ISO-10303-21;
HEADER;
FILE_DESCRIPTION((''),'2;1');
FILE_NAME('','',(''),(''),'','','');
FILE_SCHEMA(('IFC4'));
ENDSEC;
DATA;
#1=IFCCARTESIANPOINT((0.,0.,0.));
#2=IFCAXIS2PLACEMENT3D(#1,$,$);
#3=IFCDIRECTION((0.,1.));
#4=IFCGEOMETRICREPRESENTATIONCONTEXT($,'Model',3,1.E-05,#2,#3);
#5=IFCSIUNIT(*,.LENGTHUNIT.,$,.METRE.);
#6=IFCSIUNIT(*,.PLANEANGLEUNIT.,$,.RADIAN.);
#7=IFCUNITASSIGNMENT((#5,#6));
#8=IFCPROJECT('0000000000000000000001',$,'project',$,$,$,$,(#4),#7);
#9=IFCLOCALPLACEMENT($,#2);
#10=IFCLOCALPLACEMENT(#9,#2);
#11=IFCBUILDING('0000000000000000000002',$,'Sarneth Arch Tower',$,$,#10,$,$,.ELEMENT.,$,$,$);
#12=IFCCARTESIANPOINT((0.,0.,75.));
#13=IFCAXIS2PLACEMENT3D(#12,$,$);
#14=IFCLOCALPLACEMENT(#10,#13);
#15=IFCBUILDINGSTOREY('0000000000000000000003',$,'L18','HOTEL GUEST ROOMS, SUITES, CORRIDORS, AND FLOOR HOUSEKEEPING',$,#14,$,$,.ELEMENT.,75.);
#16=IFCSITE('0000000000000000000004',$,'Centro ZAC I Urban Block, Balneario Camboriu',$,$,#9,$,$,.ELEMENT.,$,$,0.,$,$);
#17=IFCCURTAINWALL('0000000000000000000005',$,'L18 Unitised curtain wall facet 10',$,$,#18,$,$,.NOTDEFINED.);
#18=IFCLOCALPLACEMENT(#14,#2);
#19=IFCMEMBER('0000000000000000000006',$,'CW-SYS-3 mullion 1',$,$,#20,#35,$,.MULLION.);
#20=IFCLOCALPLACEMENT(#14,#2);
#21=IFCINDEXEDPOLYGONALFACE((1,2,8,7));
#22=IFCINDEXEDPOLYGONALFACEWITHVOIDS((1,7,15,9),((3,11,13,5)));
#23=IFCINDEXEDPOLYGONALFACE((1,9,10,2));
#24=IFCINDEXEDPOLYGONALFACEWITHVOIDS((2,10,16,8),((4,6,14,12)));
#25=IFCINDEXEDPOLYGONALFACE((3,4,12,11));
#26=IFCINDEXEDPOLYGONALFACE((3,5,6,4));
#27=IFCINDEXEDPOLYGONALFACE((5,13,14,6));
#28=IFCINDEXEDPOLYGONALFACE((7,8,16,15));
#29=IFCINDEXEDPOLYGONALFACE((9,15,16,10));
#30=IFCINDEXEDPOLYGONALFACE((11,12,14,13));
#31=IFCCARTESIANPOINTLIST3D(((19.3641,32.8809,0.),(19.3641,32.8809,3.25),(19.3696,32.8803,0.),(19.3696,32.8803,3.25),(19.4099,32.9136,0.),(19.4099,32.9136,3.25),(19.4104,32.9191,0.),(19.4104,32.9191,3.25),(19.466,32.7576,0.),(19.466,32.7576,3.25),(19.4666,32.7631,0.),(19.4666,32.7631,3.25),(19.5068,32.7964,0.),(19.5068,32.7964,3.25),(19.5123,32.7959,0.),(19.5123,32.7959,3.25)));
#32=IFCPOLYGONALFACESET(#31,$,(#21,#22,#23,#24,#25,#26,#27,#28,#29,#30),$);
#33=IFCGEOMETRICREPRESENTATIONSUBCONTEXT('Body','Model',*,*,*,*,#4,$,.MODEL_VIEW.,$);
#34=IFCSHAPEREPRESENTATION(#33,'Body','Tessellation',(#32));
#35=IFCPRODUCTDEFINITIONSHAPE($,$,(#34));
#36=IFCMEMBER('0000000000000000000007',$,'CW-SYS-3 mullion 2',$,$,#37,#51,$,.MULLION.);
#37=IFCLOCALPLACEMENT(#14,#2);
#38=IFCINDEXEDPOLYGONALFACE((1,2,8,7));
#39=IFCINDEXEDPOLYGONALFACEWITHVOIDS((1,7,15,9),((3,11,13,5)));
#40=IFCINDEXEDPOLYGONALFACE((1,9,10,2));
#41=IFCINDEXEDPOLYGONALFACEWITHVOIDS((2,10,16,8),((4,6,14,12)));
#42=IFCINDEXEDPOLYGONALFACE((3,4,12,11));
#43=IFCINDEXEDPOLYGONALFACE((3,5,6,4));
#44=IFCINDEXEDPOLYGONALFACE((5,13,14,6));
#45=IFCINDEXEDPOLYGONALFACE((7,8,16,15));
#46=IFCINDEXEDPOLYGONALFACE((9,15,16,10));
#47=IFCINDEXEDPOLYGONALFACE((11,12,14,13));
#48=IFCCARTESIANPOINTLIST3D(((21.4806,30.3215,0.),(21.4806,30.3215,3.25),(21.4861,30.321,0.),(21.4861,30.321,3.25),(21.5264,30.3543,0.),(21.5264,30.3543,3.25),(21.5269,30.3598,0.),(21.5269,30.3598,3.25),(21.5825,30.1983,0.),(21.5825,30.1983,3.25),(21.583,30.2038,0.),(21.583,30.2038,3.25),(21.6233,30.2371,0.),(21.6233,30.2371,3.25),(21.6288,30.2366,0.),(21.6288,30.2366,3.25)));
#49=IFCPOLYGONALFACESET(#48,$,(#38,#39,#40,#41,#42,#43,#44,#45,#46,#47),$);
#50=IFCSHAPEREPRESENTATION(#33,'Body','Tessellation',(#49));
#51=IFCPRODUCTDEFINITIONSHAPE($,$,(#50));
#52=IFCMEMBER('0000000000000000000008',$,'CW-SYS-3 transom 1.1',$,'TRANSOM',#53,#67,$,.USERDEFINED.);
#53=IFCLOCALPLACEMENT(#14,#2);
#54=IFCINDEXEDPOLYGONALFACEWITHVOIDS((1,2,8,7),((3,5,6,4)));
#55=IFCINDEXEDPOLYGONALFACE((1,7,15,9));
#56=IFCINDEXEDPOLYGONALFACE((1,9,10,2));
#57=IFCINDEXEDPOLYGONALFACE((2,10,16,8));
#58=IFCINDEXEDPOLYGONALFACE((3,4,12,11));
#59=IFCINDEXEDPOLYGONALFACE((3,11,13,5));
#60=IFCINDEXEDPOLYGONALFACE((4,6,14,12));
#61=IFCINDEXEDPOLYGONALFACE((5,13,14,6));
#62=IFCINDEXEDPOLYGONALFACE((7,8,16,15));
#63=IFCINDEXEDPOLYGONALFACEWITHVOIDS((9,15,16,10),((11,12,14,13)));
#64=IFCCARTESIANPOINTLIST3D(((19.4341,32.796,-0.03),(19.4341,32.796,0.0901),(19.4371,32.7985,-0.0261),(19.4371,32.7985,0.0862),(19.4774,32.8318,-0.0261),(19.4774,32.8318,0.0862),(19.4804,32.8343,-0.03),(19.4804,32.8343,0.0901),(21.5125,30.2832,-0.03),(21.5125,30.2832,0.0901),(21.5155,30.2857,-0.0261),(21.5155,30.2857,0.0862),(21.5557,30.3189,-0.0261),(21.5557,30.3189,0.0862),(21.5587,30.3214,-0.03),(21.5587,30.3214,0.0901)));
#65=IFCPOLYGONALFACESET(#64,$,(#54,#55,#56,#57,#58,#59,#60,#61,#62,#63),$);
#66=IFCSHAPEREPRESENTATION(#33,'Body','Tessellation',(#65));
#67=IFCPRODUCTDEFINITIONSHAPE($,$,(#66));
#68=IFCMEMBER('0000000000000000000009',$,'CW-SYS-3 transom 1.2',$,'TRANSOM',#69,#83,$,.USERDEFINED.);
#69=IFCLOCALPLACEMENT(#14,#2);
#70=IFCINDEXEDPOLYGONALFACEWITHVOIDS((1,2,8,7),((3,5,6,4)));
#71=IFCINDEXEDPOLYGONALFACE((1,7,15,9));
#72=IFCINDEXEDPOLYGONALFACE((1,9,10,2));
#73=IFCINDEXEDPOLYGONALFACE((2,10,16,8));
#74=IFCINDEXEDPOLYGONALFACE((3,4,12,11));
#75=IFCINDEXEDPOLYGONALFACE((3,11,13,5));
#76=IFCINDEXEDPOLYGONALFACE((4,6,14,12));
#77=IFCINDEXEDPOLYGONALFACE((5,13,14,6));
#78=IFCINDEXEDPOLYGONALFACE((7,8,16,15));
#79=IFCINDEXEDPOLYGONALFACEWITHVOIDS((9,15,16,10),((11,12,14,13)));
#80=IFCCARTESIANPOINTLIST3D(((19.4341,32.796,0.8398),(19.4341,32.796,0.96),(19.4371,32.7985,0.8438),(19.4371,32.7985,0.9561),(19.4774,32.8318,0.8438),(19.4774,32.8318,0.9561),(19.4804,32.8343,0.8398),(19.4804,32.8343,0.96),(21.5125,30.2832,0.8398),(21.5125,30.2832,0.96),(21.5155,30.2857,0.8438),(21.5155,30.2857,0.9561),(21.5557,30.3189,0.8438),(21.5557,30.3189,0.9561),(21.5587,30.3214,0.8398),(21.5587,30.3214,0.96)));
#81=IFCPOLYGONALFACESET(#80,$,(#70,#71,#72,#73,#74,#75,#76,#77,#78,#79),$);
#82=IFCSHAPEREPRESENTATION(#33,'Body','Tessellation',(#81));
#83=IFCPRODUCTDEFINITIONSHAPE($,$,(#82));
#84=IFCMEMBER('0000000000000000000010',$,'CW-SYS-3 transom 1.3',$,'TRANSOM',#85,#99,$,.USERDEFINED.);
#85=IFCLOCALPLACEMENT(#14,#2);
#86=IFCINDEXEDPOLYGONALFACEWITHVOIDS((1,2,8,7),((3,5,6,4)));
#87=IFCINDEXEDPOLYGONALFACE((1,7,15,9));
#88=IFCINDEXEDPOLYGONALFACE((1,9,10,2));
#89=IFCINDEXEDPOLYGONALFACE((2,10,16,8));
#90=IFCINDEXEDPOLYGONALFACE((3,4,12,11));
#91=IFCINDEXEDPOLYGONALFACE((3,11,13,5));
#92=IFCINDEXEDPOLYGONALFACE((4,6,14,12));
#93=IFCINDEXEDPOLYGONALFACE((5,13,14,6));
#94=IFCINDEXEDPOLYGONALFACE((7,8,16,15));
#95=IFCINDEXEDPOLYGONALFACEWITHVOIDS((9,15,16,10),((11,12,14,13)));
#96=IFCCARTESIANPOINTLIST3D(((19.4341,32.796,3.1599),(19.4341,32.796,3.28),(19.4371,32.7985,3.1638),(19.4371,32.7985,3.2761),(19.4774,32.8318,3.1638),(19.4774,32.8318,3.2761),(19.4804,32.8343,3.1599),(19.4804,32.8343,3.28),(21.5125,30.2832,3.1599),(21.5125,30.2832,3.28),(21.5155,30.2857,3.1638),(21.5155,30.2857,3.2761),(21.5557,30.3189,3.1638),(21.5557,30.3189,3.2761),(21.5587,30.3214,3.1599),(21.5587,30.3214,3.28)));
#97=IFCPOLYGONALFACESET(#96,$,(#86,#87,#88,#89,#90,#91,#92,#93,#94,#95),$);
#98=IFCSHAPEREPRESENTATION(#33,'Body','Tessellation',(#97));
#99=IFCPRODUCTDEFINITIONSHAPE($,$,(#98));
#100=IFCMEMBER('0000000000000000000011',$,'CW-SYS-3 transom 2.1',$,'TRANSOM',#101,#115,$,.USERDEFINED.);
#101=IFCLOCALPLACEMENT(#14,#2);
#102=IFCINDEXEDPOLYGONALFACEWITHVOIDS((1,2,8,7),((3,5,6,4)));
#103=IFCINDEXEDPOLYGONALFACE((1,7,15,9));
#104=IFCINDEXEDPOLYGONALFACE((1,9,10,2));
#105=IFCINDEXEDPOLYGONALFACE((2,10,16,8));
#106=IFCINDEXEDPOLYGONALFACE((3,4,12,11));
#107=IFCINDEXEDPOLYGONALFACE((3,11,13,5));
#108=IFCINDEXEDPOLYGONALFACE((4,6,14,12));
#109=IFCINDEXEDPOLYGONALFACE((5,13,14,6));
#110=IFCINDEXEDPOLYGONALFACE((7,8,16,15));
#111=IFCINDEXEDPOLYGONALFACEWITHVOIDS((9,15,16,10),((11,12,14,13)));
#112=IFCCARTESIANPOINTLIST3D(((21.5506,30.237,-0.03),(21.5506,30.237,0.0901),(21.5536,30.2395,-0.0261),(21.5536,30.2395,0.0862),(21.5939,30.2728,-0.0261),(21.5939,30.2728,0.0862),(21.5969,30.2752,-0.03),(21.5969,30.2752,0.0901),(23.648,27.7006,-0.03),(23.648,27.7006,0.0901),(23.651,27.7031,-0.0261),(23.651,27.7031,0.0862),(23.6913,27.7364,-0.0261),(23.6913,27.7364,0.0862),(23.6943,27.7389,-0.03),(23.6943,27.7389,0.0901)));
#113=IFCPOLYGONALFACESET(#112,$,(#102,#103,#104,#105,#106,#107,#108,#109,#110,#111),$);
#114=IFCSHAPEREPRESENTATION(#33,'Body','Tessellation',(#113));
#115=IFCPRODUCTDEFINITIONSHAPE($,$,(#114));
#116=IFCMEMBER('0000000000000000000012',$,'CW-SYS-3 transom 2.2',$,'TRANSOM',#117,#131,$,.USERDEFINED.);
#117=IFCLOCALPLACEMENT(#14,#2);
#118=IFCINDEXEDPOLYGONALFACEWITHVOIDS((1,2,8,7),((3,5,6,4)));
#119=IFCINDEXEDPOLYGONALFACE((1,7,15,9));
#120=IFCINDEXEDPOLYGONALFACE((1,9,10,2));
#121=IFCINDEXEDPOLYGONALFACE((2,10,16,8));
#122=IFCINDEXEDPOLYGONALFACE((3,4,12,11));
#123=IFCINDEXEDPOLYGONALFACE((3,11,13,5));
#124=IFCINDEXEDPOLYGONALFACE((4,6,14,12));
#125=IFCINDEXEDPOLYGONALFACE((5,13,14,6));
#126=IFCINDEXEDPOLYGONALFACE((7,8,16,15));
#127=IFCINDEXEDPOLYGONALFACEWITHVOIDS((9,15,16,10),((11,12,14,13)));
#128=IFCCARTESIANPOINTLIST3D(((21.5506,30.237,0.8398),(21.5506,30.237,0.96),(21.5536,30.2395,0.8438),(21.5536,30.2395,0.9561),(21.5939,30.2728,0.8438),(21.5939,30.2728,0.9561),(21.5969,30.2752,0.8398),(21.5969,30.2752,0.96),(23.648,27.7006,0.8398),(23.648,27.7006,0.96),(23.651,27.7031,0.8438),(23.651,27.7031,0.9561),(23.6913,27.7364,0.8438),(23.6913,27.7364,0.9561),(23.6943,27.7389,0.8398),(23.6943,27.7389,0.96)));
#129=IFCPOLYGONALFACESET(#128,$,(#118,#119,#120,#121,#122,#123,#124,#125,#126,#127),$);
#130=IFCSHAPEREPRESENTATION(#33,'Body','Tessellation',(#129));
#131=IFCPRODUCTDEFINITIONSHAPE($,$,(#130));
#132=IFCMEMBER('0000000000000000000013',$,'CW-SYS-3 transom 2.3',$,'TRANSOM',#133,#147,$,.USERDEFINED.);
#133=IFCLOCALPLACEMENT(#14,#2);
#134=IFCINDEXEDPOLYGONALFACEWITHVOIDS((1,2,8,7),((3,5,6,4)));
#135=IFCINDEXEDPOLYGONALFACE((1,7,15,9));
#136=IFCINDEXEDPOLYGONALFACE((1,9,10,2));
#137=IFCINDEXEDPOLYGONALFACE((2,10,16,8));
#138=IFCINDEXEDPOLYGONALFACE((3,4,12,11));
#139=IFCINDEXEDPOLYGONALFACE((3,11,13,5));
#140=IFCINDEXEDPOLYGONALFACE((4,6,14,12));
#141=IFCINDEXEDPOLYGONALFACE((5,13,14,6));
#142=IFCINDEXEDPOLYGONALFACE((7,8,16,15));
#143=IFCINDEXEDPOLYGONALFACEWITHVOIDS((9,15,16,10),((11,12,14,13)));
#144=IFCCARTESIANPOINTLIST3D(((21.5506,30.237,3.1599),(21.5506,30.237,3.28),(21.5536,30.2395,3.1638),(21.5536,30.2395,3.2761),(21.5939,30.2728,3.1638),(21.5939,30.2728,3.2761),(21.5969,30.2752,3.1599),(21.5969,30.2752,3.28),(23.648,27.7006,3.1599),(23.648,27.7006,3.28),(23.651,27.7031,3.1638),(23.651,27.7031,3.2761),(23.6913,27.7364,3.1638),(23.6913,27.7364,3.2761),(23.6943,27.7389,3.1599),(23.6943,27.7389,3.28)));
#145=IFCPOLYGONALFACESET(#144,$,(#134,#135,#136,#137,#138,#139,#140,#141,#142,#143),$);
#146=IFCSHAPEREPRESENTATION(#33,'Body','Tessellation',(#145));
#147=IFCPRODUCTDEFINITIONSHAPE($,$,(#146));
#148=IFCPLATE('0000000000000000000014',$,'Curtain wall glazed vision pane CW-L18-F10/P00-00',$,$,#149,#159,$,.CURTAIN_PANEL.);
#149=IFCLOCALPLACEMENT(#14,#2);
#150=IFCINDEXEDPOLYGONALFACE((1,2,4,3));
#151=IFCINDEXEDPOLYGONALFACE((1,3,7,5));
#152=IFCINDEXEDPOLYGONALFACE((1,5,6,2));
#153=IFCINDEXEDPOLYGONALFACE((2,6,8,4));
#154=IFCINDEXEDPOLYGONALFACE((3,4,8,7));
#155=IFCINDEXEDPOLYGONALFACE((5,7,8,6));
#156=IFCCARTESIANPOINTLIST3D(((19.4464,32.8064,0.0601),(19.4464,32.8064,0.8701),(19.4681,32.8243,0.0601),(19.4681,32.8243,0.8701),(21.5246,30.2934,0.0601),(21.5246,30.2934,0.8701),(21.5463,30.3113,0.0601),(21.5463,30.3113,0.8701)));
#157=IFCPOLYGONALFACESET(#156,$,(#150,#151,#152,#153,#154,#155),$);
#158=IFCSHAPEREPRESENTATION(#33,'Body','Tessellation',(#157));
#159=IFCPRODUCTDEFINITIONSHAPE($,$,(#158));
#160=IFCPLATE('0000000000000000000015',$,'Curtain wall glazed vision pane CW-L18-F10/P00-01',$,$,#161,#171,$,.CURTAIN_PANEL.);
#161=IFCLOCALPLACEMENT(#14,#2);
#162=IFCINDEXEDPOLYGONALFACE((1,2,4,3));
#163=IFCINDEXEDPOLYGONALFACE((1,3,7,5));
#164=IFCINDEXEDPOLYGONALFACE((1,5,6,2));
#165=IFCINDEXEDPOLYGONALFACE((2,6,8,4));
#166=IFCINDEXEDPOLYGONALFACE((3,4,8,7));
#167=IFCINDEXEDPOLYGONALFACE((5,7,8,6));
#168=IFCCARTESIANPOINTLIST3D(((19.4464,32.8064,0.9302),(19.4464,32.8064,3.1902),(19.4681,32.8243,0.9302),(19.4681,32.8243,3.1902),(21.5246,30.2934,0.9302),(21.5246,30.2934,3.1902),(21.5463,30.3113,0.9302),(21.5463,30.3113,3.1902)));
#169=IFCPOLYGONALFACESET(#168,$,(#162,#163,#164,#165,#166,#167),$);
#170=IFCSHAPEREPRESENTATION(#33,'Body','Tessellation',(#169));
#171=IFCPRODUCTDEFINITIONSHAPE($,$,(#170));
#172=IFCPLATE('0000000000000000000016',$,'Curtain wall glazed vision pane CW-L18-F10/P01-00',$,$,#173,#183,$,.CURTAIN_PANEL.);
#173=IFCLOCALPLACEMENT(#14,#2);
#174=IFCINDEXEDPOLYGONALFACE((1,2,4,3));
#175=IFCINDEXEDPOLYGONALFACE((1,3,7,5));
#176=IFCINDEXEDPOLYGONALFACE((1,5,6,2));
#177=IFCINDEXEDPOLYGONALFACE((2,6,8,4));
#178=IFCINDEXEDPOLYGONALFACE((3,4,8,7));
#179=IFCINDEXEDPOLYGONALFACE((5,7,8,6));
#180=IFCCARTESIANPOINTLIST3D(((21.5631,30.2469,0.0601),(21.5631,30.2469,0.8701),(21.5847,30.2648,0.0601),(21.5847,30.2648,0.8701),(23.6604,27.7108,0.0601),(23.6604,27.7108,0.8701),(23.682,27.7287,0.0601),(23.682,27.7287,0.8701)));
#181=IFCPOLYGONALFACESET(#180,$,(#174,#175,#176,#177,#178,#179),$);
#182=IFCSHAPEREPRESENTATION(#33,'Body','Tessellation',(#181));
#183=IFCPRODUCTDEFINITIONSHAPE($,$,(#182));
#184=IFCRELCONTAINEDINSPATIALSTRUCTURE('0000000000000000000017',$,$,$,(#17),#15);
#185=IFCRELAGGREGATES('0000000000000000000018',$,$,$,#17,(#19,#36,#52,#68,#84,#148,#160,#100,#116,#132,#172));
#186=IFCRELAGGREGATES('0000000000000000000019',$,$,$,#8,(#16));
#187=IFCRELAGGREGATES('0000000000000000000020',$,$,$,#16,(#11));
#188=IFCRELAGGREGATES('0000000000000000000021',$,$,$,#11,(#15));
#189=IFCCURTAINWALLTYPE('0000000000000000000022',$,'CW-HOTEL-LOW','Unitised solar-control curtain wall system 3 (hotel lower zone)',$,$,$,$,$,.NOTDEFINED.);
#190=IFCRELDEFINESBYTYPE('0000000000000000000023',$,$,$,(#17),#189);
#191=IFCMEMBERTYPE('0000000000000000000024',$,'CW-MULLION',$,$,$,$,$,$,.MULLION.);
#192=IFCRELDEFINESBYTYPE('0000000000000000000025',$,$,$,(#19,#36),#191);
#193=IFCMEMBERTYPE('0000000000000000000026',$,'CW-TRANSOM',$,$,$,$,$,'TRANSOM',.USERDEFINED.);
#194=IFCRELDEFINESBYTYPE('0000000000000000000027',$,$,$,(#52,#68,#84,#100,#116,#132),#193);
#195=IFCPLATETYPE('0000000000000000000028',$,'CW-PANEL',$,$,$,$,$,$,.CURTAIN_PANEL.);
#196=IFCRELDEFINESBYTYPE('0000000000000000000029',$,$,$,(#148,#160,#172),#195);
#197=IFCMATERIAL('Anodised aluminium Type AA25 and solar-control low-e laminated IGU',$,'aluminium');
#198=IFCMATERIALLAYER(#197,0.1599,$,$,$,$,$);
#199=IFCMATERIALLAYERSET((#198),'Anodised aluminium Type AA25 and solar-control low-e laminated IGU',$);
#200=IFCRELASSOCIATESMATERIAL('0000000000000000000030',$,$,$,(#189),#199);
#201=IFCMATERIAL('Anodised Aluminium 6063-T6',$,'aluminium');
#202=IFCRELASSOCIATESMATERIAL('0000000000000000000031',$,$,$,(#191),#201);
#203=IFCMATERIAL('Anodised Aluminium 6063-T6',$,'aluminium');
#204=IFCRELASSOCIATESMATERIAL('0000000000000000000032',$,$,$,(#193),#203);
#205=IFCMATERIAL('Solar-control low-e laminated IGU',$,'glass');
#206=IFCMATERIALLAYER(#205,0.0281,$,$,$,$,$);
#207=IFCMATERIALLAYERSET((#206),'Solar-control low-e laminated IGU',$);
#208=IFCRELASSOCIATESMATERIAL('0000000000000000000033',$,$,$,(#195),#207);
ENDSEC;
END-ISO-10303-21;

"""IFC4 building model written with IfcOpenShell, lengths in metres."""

from ifc_helpers import new_model, si_unit, direction, frame, origin, origin_2d, place, context, subcontext, project, spatial, rectangle, hollow_rectangle, extrude, material, layer, layer_set, material_profile, profile_set, type_object, element, aggregate, save


model = new_model("IFC4")

# Units and contexts
model_context = context("Model", 3, precision=1e-05, world=origin(), true_north=direction((0.0, 1.0)))
body_context = subcontext(model_context, "Body", "Model", "MODEL_VIEW")
ifc_project = project(units=[si_unit("LENGTHUNIT", "METRE"), si_unit("PLANEANGLEUNIT", "RADIAN")], contexts=[model_context])

# Site, building, storey
site_placement = place(None, origin())
site = spatial("IfcSite", under=ifc_project, at=site_placement, Name="Centro ZAC I Urban Block, Balneario Camboriu", CompositionType="ELEMENT", RefElevation=0.0)
building_placement = place(site_placement, origin())
building = spatial("IfcBuilding", under=site, at=building_placement, Name="Sarneth Arch Tower", CompositionType="ELEMENT")
storey_placement = place(building_placement, frame((0.0, 0.0, 75.0)))
storey = spatial("IfcBuildingStorey", under=building, at=storey_placement, Name="L18", Description="HOTEL GUEST ROOMS, SUITES, CORRIDORS, AND FLOOR HOUSEKEEPING", CompositionType="ELEMENT", Elevation=75.0)

# Curtain wall, members, plates
ifc_material_1 = material(Name="Anodised aluminium Type AA25 and solar-control low-e laminated IGU", Category="aluminium")
ifc_layer_1 = layer(ifc_material_1, 0.1599)
ifc_layer_set_1 = layer_set([ifc_layer_1], Name="Anodised aluminium Type AA25 and solar-control low-e laminated IGU")
curtain_wall_type = type_object("IfcCurtainWallType", Name="CW-HOTEL-LOW", Description="Unitised solar-control curtain wall system 3 (hotel lower zone)", PredefinedType="NOTDEFINED", material=ifc_layer_set_1)
curtain_wall_placement = place(storey_placement, origin())
curtain_wall = element("IfcCurtainWall", 1, at=curtain_wall_placement, inside=storey, type_object=curtain_wall_type, Name="L18 Unitised curtain wall facet 10", PredefinedType="NOTDEFINED")
ifc_material_2 = material(Name="Anodised Aluminium 6063-T6", Category="aluminium")
ifc_material_profile_1 = material_profile(ifc_material_2, hollow_rectangle(XDim=0.0601, YDim=0.1599, WallThickness=0.0039, at=origin_2d()), Name="AL-MULL-160x60x4")
ifc_profile_set_1 = profile_set([ifc_material_profile_1], Name="Anodised Aluminium 6063-T6")
member_type_1 = type_object("IfcMemberType", Name="CW-MULLION", PredefinedType="MULLION", material=ifc_profile_set_1)
member_1_placement = place(storey_placement, frame((19.4382, 32.8384, 0.0), z_axis=(0.0, 0.0, 1.0), x_axis=(0.770623, 0.637291, 0.0)))
member_1 = element("IfcMember", 2, at=member_1_placement, type_object=member_type_1, Name="CW-SYS-3 mullion 1", PredefinedType="MULLION", context=body_context, shape_type="SweptSolid", body=[
    extrude(hollow_rectangle(XDim=0.0601, YDim=0.1599, WallThickness=0.0039, at=origin_2d()), origin(), (0.0, 0.0, 1.0), 3.25),
])
member_2_placement = place(storey_placement, frame((21.5547, 30.2791, 0.0), z_axis=(0.0, 0.0, 1.0), x_axis=(0.770623, 0.637291, 0.0)))
member_2 = element("IfcMember", 3, at=member_2_placement, type_object=member_type_1, Name="CW-SYS-3 mullion 2", PredefinedType="MULLION", context=body_context, shape_type="SweptSolid", body=[
    extrude(hollow_rectangle(XDim=0.0601, YDim=0.1599, WallThickness=0.0039, at=origin_2d()), origin(), (0.0, 0.0, 1.0), 3.25),
])
ifc_material_3 = material(Name="Anodised Aluminium 6063-T6", Category="aluminium")
ifc_material_profile_2 = material_profile(ifc_material_3, hollow_rectangle(XDim=0.0601, YDim=0.1201, WallThickness=0.0039, at=origin_2d()), Name="AL-TRAN-120x60x4")
ifc_profile_set_2 = profile_set([ifc_material_profile_2], Name="Anodised Aluminium 6063-T6")
member_type_2 = type_object("IfcMemberType", Name="CW-TRANSOM", ElementType="TRANSOM", PredefinedType="USERDEFINED", material=ifc_profile_set_2)
member_3_placement = place(storey_placement, frame((19.4573, 32.8152, 0.03), z_axis=(0.63733, -0.770591, 0.0), x_axis=(0.770591, 0.63733, 0.0)))
member_3 = element("IfcMember", 4, at=member_3_placement, type_object=member_type_2, Name="CW-SYS-3 transom 1.1", ObjectType="TRANSOM", PredefinedType="USERDEFINED", context=body_context, shape_type="SweptSolid", body=[
    extrude(hollow_rectangle(XDim=0.0601, YDim=0.1201, WallThickness=0.0039, at=origin_2d()), origin(), (0.0, 0.0, 1.0), 3.261),
])
member_4_placement = place(storey_placement, frame((19.4573, 32.8152, 0.8999), z_axis=(0.63733, -0.770591, 0.0), x_axis=(0.770591, 0.63733, 0.0)))
member_4 = element("IfcMember", 5, at=member_4_placement, type_object=member_type_2, Name="CW-SYS-3 transom 1.2", ObjectType="TRANSOM", PredefinedType="USERDEFINED", context=body_context, shape_type="SweptSolid", body=[
    extrude(hollow_rectangle(XDim=0.0601, YDim=0.1201, WallThickness=0.0039, at=origin_2d()), origin(), (0.0, 0.0, 1.0), 3.261),
])
member_5_placement = place(storey_placement, frame((19.4573, 32.8152, 3.22), z_axis=(0.63733, -0.770591, 0.0), x_axis=(0.770591, 0.63733, 0.0)))
member_5 = element("IfcMember", 6, at=member_5_placement, type_object=member_type_2, Name="CW-SYS-3 transom 1.3", ObjectType="TRANSOM", PredefinedType="USERDEFINED", context=body_context, shape_type="SweptSolid", body=[
    extrude(hollow_rectangle(XDim=0.0601, YDim=0.1201, WallThickness=0.0039, at=origin_2d()), origin(), (0.0, 0.0, 1.0), 3.261),
])
member_6_placement = place(storey_placement, frame((21.5737, 30.2561, 0.03), z_axis=(0.637269, -0.770642, 0.0), x_axis=(0.770642, 0.637269, 0.0)))
member_6 = element("IfcMember", 7, at=member_6_placement, type_object=member_type_2, Name="CW-SYS-3 transom 2.1", ObjectType="TRANSOM", PredefinedType="USERDEFINED", context=body_context, shape_type="SweptSolid", body=[
    extrude(hollow_rectangle(XDim=0.0601, YDim=0.1201, WallThickness=0.0039, at=origin_2d()), origin(), (0.0, 0.0, 1.0), 3.2913),
])
member_7_placement = place(storey_placement, frame((21.5737, 30.2561, 0.8999), z_axis=(0.637269, -0.770642, 0.0), x_axis=(0.770642, 0.637269, 0.0)))
member_7 = element("IfcMember", 8, at=member_7_placement, type_object=member_type_2, Name="CW-SYS-3 transom 2.2", ObjectType="TRANSOM", PredefinedType="USERDEFINED", context=body_context, shape_type="SweptSolid", body=[
    extrude(hollow_rectangle(XDim=0.0601, YDim=0.1201, WallThickness=0.0039, at=origin_2d()), origin(), (0.0, 0.0, 1.0), 3.2913),
])
member_8_placement = place(storey_placement, frame((21.5737, 30.2561, 3.22), z_axis=(0.637269, -0.770642, 0.0), x_axis=(0.770642, 0.637269, 0.0)))
member_8 = element("IfcMember", 9, at=member_8_placement, type_object=member_type_2, Name="CW-SYS-3 transom 2.3", ObjectType="TRANSOM", PredefinedType="USERDEFINED", context=body_context, shape_type="SweptSolid", body=[
    extrude(hollow_rectangle(XDim=0.0601, YDim=0.1201, WallThickness=0.0039, at=origin_2d()), origin(), (0.0, 0.0, 1.0), 3.2913),
])
ifc_material_4 = material(Name="Solar-control low-e laminated IGU", Category="glass")
ifc_layer_2 = layer(ifc_material_4, 0.0281)
ifc_layer_set_2 = layer_set([ifc_layer_2], Name="Solar-control low-e laminated IGU")
plate_type_1 = type_object("IfcPlateType", Name="CW-PANEL", PredefinedType="CURTAIN_PANEL", material=ifc_layer_set_2)
plate_1_placement = place(storey_placement, frame((20.4963, 31.5588, 0.0601), z_axis=(0.0, 0.0, 1.0), x_axis=(0.637291, -0.770623, 0.0)))
plate_1 = element("IfcPlate", 10, at=plate_1_placement, type_object=plate_type_1, Name="Curtain wall glazed vision pane CW-L18-F10/P00-00", PredefinedType="CURTAIN_PANEL", context=body_context, shape_type="SweptSolid", body=[
    extrude(rectangle(XDim=3.261, YDim=0.0281, at=origin_2d()), origin(), (0.0, 0.0, 1.0), 0.8101),
])
plate_2_placement = place(storey_placement, frame((20.4963, 31.5588, 0.9302), z_axis=(0.0, 0.0, 1.0), x_axis=(0.637291, -0.770623, 0.0)))
plate_2 = element("IfcPlate", 11, at=plate_2_placement, type_object=plate_type_1, Name="Curtain wall glazed vision pane CW-L18-F10/P00-01", PredefinedType="CURTAIN_PANEL", context=body_context, shape_type="SweptSolid", body=[
    extrude(rectangle(XDim=3.261, YDim=0.0281, at=origin_2d()), origin(), (0.0, 0.0, 1.0), 2.26),
])
plate_3_placement = place(storey_placement, frame((22.6226, 28.9878, 0.0601), z_axis=(0.0, 0.0, 1.0), x_axis=(0.637291, -0.770623, 0.0)))
plate_3 = element("IfcPlate", 12, at=plate_3_placement, type_object=plate_type_1, Name="Curtain wall glazed vision pane CW-L18-F10/P01-00", PredefinedType="CURTAIN_PANEL", context=body_context, shape_type="SweptSolid", body=[
    extrude(rectangle(XDim=3.291, YDim=0.0281, at=origin_2d()), origin(), (0.0, 0.0, 1.0), 0.8101),
])
aggregate(curtain_wall, [member_1, member_2, member_3, member_4, member_5, plate_1, plate_2, member_6, member_7, member_8, plate_3])

save(model, "model.ifc")
